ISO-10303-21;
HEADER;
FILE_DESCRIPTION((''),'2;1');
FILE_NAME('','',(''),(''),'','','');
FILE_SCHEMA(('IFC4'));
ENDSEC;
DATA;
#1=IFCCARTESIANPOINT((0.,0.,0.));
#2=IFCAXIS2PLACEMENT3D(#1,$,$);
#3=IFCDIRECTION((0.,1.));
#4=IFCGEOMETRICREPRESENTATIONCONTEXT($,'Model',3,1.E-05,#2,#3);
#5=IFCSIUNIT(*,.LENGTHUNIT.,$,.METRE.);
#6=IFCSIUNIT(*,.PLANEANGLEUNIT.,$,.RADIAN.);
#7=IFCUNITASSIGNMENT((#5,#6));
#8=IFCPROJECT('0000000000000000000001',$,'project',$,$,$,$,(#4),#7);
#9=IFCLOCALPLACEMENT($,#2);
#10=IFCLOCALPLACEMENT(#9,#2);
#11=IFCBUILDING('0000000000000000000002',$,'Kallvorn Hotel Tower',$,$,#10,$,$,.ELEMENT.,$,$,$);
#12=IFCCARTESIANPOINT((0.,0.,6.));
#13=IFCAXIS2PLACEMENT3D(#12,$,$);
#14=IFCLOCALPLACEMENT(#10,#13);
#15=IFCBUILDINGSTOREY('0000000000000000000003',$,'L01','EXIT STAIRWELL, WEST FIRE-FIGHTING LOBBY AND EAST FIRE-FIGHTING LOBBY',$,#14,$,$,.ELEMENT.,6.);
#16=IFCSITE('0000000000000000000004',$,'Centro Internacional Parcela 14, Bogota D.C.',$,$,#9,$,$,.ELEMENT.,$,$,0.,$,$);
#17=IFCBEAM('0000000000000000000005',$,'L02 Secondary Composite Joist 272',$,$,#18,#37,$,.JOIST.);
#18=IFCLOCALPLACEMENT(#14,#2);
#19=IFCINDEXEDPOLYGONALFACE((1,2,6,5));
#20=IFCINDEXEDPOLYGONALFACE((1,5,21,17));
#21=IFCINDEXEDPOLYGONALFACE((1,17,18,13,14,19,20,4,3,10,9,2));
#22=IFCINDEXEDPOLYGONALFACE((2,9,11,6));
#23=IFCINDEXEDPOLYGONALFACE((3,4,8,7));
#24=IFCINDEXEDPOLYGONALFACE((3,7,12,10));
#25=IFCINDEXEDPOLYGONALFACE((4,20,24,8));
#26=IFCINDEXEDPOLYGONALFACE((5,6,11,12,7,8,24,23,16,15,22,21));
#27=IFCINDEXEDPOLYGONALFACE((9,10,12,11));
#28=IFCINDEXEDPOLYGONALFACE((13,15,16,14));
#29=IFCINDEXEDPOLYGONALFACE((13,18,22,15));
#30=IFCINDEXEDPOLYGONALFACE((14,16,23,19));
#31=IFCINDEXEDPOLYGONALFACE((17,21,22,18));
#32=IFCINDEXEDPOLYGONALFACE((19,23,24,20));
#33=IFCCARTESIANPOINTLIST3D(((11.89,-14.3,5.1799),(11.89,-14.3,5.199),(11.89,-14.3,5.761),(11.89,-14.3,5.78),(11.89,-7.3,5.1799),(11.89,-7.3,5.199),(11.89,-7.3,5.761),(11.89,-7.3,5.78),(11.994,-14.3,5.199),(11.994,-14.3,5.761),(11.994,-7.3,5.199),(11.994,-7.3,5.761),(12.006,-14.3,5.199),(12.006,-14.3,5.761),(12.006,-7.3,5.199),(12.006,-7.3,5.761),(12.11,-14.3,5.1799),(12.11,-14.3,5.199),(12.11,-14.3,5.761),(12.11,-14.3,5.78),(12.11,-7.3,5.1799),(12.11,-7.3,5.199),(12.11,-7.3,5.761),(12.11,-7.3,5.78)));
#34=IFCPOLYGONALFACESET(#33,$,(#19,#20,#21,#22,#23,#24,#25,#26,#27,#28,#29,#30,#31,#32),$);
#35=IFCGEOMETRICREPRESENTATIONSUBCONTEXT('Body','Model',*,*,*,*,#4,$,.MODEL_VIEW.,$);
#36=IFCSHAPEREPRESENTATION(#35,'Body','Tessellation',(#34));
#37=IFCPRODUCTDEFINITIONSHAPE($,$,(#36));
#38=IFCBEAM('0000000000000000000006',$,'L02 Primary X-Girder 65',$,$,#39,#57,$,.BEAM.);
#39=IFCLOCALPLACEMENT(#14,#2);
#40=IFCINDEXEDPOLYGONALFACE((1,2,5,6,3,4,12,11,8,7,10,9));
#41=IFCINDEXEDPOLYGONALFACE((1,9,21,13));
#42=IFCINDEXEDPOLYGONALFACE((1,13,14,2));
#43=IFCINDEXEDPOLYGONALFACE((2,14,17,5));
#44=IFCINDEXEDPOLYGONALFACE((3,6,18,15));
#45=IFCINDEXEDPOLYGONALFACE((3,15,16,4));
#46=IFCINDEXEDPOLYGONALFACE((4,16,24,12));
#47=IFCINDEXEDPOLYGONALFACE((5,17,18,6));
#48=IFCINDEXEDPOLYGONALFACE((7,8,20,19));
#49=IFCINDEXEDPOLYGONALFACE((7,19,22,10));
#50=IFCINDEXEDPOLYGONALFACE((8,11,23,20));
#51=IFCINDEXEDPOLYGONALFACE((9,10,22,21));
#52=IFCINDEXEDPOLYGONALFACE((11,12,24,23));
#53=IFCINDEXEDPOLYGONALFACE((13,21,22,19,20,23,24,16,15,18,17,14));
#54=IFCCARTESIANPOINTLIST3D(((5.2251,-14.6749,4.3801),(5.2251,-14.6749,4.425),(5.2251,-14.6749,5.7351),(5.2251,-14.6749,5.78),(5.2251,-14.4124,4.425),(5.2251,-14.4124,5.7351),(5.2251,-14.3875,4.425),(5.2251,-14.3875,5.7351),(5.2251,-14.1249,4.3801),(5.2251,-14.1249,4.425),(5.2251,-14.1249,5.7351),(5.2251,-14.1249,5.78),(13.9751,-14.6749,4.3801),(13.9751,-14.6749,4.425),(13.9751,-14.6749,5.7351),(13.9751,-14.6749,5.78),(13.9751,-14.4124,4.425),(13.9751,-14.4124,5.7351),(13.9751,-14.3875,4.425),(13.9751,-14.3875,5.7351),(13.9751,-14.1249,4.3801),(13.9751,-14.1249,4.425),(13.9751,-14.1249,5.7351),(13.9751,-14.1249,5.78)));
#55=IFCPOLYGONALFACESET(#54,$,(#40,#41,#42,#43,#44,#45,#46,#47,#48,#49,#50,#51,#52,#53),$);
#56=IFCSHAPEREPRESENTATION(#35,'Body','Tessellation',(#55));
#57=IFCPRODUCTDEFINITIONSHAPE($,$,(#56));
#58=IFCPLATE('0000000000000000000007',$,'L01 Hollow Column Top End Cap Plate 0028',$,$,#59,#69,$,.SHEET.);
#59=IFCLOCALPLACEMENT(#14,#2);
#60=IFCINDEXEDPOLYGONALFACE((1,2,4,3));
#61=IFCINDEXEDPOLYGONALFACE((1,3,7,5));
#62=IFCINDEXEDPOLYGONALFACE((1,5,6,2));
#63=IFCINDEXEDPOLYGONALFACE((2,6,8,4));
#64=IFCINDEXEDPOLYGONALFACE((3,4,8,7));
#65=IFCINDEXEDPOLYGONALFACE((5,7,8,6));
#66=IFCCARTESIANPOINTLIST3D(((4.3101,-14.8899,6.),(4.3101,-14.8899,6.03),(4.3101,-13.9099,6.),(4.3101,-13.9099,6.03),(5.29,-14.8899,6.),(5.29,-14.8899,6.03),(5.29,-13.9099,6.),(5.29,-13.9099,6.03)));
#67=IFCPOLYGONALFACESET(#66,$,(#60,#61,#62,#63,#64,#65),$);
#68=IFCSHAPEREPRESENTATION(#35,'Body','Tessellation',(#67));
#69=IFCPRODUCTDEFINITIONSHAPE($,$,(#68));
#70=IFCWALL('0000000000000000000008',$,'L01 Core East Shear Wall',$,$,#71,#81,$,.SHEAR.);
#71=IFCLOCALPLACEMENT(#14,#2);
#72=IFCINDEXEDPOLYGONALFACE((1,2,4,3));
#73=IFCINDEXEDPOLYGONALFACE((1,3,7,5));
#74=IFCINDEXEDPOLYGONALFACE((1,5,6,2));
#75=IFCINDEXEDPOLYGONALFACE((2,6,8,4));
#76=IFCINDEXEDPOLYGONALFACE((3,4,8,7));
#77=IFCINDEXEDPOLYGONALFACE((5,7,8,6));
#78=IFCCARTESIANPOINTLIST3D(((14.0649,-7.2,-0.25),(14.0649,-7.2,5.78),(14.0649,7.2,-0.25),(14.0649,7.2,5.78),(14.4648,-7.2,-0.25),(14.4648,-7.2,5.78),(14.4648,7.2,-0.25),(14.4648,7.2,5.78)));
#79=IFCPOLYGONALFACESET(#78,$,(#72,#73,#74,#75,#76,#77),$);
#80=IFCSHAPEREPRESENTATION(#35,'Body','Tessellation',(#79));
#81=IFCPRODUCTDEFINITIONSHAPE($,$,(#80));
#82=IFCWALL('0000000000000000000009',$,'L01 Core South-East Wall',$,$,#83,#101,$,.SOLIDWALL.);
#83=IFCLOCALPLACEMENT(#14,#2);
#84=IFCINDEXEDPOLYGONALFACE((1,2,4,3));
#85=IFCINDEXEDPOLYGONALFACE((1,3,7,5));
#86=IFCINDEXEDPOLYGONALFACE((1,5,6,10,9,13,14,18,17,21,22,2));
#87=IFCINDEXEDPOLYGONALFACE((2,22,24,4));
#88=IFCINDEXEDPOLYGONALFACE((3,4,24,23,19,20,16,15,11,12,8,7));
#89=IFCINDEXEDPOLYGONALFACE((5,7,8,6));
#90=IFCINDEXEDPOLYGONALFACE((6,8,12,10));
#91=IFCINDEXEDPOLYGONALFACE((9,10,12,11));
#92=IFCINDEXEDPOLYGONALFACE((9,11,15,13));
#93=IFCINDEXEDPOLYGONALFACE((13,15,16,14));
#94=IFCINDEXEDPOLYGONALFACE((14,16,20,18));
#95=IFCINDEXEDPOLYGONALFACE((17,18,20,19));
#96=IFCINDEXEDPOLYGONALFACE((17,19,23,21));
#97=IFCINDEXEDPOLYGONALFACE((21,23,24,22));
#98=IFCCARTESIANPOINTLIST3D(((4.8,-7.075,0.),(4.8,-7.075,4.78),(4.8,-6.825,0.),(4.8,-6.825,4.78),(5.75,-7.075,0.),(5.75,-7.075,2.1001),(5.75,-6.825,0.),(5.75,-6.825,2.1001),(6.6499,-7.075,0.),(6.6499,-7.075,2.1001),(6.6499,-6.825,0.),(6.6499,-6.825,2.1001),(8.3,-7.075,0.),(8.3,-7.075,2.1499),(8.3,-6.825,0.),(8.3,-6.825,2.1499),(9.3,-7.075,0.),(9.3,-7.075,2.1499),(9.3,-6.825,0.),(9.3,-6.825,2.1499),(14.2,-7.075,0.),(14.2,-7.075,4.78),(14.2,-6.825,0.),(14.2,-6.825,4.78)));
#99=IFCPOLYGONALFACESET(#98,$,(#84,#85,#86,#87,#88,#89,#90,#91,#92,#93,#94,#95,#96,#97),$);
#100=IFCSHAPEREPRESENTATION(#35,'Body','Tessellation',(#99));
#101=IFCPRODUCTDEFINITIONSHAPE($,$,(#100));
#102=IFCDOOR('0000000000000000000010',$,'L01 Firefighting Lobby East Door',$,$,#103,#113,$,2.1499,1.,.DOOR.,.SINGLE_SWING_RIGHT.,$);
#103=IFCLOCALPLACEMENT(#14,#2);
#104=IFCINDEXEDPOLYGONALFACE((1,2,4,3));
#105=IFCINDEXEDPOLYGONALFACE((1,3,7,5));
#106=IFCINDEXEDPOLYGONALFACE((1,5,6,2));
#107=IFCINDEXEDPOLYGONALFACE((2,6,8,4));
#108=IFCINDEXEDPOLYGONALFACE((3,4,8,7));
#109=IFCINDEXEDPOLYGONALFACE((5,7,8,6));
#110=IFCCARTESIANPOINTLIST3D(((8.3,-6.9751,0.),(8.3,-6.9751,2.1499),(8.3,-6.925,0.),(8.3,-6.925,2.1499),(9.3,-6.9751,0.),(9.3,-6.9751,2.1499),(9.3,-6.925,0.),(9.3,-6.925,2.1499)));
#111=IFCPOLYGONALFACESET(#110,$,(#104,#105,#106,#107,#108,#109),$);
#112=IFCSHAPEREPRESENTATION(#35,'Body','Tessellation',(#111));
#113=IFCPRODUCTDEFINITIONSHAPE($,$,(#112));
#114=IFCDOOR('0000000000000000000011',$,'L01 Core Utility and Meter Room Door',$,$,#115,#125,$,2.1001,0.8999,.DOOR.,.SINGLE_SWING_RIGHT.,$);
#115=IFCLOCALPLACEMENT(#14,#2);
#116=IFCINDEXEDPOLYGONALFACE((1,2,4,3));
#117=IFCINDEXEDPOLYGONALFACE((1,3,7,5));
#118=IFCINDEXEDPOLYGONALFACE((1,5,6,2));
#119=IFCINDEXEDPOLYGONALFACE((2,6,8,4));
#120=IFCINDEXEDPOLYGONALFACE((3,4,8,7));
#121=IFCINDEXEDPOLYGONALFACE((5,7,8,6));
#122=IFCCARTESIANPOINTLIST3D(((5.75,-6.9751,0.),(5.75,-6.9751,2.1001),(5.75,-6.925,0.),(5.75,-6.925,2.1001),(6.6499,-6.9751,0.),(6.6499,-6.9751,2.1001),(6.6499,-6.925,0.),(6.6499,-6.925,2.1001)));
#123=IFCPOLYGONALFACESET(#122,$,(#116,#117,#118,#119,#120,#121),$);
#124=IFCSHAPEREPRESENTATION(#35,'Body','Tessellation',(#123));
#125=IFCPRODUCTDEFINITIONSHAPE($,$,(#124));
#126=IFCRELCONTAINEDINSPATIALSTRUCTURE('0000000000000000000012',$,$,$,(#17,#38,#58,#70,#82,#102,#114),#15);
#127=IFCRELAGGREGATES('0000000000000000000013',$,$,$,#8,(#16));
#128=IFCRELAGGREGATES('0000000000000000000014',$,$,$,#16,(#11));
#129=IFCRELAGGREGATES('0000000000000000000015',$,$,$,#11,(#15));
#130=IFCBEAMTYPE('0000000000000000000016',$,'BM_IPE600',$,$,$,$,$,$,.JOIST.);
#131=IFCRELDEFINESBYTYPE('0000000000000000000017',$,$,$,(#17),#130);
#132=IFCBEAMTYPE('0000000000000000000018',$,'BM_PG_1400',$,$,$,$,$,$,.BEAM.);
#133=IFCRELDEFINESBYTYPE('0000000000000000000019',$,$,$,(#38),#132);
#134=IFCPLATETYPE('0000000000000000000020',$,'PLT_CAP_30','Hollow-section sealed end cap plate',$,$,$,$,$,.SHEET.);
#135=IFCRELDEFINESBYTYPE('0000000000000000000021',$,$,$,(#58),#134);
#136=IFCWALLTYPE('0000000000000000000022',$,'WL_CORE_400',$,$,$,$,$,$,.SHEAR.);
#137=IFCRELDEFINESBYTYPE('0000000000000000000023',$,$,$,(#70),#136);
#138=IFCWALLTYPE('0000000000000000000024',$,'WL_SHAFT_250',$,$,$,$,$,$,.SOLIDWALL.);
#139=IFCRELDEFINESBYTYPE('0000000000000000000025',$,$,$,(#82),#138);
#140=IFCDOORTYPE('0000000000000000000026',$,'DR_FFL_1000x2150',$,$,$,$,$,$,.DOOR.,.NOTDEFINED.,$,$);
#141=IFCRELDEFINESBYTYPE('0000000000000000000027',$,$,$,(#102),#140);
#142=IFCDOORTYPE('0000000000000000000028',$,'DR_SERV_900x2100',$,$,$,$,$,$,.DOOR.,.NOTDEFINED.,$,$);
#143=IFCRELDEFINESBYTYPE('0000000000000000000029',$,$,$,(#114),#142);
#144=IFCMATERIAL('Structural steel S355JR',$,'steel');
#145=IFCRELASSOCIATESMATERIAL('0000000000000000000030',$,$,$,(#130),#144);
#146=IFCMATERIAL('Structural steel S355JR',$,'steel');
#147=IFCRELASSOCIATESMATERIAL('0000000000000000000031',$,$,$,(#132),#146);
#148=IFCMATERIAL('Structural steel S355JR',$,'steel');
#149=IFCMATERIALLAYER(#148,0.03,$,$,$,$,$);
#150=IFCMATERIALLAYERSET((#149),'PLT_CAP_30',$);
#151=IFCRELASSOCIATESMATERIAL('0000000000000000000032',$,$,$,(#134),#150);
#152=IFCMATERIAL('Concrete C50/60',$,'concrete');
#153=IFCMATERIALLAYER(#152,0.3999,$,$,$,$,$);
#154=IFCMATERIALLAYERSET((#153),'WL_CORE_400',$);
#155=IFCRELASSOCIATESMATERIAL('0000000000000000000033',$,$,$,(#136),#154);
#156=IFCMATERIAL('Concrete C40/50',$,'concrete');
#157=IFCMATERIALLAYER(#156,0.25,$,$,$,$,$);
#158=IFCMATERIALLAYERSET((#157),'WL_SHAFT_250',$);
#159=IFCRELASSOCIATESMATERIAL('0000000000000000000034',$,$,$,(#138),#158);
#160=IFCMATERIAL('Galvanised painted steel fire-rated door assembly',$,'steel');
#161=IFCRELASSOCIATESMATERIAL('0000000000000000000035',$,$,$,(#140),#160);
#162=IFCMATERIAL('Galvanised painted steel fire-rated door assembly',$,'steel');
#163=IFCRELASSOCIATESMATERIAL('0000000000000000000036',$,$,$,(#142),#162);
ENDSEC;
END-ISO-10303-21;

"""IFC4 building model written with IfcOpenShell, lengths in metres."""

from ifc_helpers import new_model, si_unit, direction, frame, frame_2d, origin, origin_2d, place, context, subcontext, project, spatial, rectangle, i_section, extrude, material, layer, layer_set, material_profile, profile_set, type_object, element, fill, save


model = new_model("IFC4")

# Units and contexts
model_context = context("Model", 3, precision=1e-05, world=origin(), true_north=direction((0.0, 1.0)))
body_context = subcontext(model_context, "Body", "Model", "MODEL_VIEW")
ifc_project = project(units=[si_unit("LENGTHUNIT", "METRE"), si_unit("PLANEANGLEUNIT", "RADIAN")], contexts=[model_context])

# Site, building, storey
site_placement = place(None, origin())
site = spatial("IfcSite", under=ifc_project, at=site_placement, Name="Centro Internacional Parcela 14, Bogota D.C.", CompositionType="ELEMENT", RefElevation=0.0)
building_placement = place(site_placement, origin())
building = spatial("IfcBuilding", under=site, at=building_placement, Name="Kallvorn Hotel Tower", CompositionType="ELEMENT")
storey_placement = place(building_placement, frame((0.0, 0.0, 6.0)))
storey = spatial("IfcBuildingStorey", under=building, at=storey_placement, Name="L01", Description="EXIT STAIRWELL, WEST FIRE-FIGHTING LOBBY AND EAST FIRE-FIGHTING LOBBY", CompositionType="ELEMENT", Elevation=6.0)

# Beams
ifc_material_1 = material(Name="Structural steel S355JR", Category="steel")
ifc_material_profile_1 = material_profile(ifc_material_1, i_section(OverallWidth=0.22, OverallDepth=0.6001, WebThickness=0.012, FlangeThickness=0.019, at=origin_2d()), Name="IPE 600")
ifc_profile_set_1 = profile_set([ifc_material_profile_1], Name="Structural steel S355JR")
beam_type_1 = type_object("IfcBeamType", Name="BM_IPE600", PredefinedType="JOIST", material=ifc_profile_set_1)
for number, where, z_axis, x_axis, name in (
    (1, (12.0, -14.3, 5.48), (0.0, 1.0, 0.0), (-1.0, 0.0, 0.0), "L02 Secondary Composite Joist 272"),
):
    element("IfcBeam", number, at=place(storey_placement, frame(where, z_axis=z_axis, x_axis=x_axis)), inside=storey, type_object=beam_type_1, Name=name, PredefinedType="JOIST", context=body_context, shape_type="SweptSolid", body=[
        extrude(i_section(OverallWidth=0.22, OverallDepth=0.6001, WebThickness=0.012, FlangeThickness=0.019, at=origin_2d()), origin(), (0.0, 0.0, 1.0), 7.0),
    ])
ifc_material_2 = material(Name="Structural steel S355JR", Category="steel")
ifc_material_profile_2 = material_profile(ifc_material_2, i_section(OverallWidth=0.55, OverallDepth=1.3999, WebThickness=0.0249, FlangeThickness=0.0449, at=origin_2d()), Name="PG 1400x550x25x45")
ifc_profile_set_2 = profile_set([ifc_material_profile_2], Name="Structural steel S355JR")
beam_type_2 = type_object("IfcBeamType", Name="BM_PG_1400", PredefinedType="BEAM", material=ifc_profile_set_2)
beam_1_placement = place(storey_placement, frame((5.2251, -14.3999, 5.0801), z_axis=(1.0, 0.0, 0.0), x_axis=(0.0, 1.0, 0.0)))
element("IfcBeam", 2, at=beam_1_placement, inside=storey, type_object=beam_type_2, Name="L02 Primary X-Girder 65", PredefinedType="BEAM", context=body_context, shape_type="SweptSolid", body=[
    extrude(i_section(OverallWidth=0.55, OverallDepth=1.3999, WebThickness=0.0249, FlangeThickness=0.0449, at=origin_2d()), origin(), (0.0, 0.0, 1.0), 8.75),
])

# Plate
ifc_material_3 = material(Name="Structural steel S355JR", Category="steel")
ifc_layer_1 = layer(ifc_material_3, 0.03)
ifc_layer_set_1 = layer_set([ifc_layer_1], Name="PLT_CAP_30")
plate_type = type_object("IfcPlateType", Name="PLT_CAP_30", Description="Hollow-section sealed end cap plate", PredefinedType="SHEET", material=ifc_layer_set_1)
plate_placement = place(storey_placement, frame((4.8, -14.3999, 6.0), z_axis=(0.0, 0.0, 1.0), x_axis=(1.0, 0.0, 0.0)))
element("IfcPlate", 3, at=plate_placement, inside=storey, type_object=plate_type, Name="L01 Hollow Column Top End Cap Plate 0028", PredefinedType="SHEET", context=body_context, shape_type="SweptSolid", body=[
    extrude(rectangle(XDim=0.98, YDim=0.98, at=origin_2d()), origin(), (0.0, 0.0, 1.0), 0.03),
])

# Wall
ifc_material_4 = material(Name="Concrete C50/60", Category="concrete")
ifc_layer_2 = layer(ifc_material_4, 0.3999)
ifc_layer_set_2 = layer_set([ifc_layer_2], Name="WL_CORE_400")
wall_type_1 = type_object("IfcWallType", Name="WL_CORE_400", PredefinedType="SHEAR", material=ifc_layer_set_2)
wall_1_placement = place(storey_placement, frame((14.2649, -7.2, -0.25), z_axis=(0.0, 0.0, 1.0), x_axis=(0.0, 1.0, 0.0)))
element("IfcWall", 4, at=wall_1_placement, inside=storey, type_object=wall_type_1, Name="L01 Core East Shear Wall", PredefinedType="SHEAR", context=body_context, shape_type="SweptSolid", body=[
    extrude(rectangle(XDim=14.3999, YDim=0.3999, at=frame_2d((7.2, 0.0))), origin(), (0.0, 0.0, 1.0), 6.03),
])

# Wall, openings, doors
ifc_material_5 = material(Name="Concrete C40/50", Category="concrete")
ifc_layer_3 = layer(ifc_material_5, 0.25)
ifc_layer_set_3 = layer_set([ifc_layer_3], Name="WL_SHAFT_250")
wall_type_2 = type_object("IfcWallType", Name="WL_SHAFT_250", PredefinedType="SOLIDWALL", material=ifc_layer_set_3)
wall_2_placement = place(storey_placement, frame((4.8, -6.95, 0.0), z_axis=(0.0, 0.0, 1.0), x_axis=(1.0, 0.0, 0.0)))
wall_2 = element("IfcWall", 5, at=wall_2_placement, inside=storey, type_object=wall_type_2, Name="L01 Core South-East Wall", PredefinedType="SOLIDWALL", context=body_context, shape_type="SweptSolid", body=[
    extrude(rectangle(XDim=9.3999, YDim=0.25, at=frame_2d((4.7, 0.0))), origin(), (0.0, 0.0, 1.0), 4.78),
])
opening_1_placement = place(wall_2_placement, frame((3.5, 0.0, 0.0)))
opening_1 = element("IfcOpeningElement", 6, at=opening_1_placement, cuts=wall_2, PredefinedType="OPENING", context=body_context, shape_type="SweptSolid", body=[
    extrude(rectangle(XDim=1.0, YDim=2.1499, at=frame_2d((0.5, 1.075))), frame((0.0, 0.1399, 0.0), z_axis=(0.0, -1.0, 0.0), x_axis=(1.0, 0.0, 0.0)), (0.0, 0.0, 1.0), 0.28),
])
opening_2_placement = place(wall_2_placement, frame((0.95, 0.0, 0.0)))
opening_2 = element("IfcOpeningElement", 7, at=opening_2_placement, cuts=wall_2, PredefinedType="OPENING", context=body_context, shape_type="SweptSolid", body=[
    extrude(rectangle(XDim=0.8999, YDim=2.1001, at=frame_2d((0.45, 1.05))), frame((0.0, 0.1399, 0.0), z_axis=(0.0, -1.0, 0.0), x_axis=(1.0, 0.0, 0.0)), (0.0, 0.0, 1.0), 0.28),
])
ifc_material_6 = material(Name="Galvanised painted steel fire-rated door assembly", Category="steel")
door_type_1 = type_object("IfcDoorType", Name="DR_FFL_1000x2150", OperationType="NOTDEFINED", PredefinedType="DOOR", material=ifc_material_6)
door_1_placement = place(opening_1_placement, origin())
door_1 = element("IfcDoor", 8, at=door_1_placement, inside=storey, type_object=door_type_1, Name="L01 Firefighting Lobby East Door", OperationType="SINGLE_SWING_RIGHT", OverallHeight=2.1499, OverallWidth=1.0, PredefinedType="DOOR", context=body_context, shape_type="SweptSolid", body=[
    extrude(rectangle(XDim=1.0, YDim=2.1499, at=frame_2d((0.5, 1.075))), frame((0.0, 0.0249, 0.0), z_axis=(0.0, -1.0, 0.0), x_axis=(1.0, 0.0, 0.0)), (0.0, 0.0, 1.0), 0.05),
])
fill(opening_1, door_1)
ifc_material_7 = material(Name="Galvanised painted steel fire-rated door assembly", Category="steel")
door_type_2 = type_object("IfcDoorType", Name="DR_SERV_900x2100", OperationType="NOTDEFINED", PredefinedType="DOOR", material=ifc_material_7)
door_2_placement = place(opening_2_placement, origin())
door_2 = element("IfcDoor", 9, at=door_2_placement, inside=storey, type_object=door_type_2, Name="L01 Core Utility and Meter Room Door", OperationType="SINGLE_SWING_RIGHT", OverallHeight=2.1001, OverallWidth=0.8999, PredefinedType="DOOR", context=body_context, shape_type="SweptSolid", body=[
    extrude(rectangle(XDim=0.8999, YDim=2.1001, at=frame_2d((0.45, 1.05))), frame((0.0, 0.0249, 0.0), z_axis=(0.0, -1.0, 0.0), x_axis=(1.0, 0.0, 0.0)), (0.0, 0.0, 1.0), 0.05),
])
fill(opening_2, door_2)

save(model, "model.ifc")
